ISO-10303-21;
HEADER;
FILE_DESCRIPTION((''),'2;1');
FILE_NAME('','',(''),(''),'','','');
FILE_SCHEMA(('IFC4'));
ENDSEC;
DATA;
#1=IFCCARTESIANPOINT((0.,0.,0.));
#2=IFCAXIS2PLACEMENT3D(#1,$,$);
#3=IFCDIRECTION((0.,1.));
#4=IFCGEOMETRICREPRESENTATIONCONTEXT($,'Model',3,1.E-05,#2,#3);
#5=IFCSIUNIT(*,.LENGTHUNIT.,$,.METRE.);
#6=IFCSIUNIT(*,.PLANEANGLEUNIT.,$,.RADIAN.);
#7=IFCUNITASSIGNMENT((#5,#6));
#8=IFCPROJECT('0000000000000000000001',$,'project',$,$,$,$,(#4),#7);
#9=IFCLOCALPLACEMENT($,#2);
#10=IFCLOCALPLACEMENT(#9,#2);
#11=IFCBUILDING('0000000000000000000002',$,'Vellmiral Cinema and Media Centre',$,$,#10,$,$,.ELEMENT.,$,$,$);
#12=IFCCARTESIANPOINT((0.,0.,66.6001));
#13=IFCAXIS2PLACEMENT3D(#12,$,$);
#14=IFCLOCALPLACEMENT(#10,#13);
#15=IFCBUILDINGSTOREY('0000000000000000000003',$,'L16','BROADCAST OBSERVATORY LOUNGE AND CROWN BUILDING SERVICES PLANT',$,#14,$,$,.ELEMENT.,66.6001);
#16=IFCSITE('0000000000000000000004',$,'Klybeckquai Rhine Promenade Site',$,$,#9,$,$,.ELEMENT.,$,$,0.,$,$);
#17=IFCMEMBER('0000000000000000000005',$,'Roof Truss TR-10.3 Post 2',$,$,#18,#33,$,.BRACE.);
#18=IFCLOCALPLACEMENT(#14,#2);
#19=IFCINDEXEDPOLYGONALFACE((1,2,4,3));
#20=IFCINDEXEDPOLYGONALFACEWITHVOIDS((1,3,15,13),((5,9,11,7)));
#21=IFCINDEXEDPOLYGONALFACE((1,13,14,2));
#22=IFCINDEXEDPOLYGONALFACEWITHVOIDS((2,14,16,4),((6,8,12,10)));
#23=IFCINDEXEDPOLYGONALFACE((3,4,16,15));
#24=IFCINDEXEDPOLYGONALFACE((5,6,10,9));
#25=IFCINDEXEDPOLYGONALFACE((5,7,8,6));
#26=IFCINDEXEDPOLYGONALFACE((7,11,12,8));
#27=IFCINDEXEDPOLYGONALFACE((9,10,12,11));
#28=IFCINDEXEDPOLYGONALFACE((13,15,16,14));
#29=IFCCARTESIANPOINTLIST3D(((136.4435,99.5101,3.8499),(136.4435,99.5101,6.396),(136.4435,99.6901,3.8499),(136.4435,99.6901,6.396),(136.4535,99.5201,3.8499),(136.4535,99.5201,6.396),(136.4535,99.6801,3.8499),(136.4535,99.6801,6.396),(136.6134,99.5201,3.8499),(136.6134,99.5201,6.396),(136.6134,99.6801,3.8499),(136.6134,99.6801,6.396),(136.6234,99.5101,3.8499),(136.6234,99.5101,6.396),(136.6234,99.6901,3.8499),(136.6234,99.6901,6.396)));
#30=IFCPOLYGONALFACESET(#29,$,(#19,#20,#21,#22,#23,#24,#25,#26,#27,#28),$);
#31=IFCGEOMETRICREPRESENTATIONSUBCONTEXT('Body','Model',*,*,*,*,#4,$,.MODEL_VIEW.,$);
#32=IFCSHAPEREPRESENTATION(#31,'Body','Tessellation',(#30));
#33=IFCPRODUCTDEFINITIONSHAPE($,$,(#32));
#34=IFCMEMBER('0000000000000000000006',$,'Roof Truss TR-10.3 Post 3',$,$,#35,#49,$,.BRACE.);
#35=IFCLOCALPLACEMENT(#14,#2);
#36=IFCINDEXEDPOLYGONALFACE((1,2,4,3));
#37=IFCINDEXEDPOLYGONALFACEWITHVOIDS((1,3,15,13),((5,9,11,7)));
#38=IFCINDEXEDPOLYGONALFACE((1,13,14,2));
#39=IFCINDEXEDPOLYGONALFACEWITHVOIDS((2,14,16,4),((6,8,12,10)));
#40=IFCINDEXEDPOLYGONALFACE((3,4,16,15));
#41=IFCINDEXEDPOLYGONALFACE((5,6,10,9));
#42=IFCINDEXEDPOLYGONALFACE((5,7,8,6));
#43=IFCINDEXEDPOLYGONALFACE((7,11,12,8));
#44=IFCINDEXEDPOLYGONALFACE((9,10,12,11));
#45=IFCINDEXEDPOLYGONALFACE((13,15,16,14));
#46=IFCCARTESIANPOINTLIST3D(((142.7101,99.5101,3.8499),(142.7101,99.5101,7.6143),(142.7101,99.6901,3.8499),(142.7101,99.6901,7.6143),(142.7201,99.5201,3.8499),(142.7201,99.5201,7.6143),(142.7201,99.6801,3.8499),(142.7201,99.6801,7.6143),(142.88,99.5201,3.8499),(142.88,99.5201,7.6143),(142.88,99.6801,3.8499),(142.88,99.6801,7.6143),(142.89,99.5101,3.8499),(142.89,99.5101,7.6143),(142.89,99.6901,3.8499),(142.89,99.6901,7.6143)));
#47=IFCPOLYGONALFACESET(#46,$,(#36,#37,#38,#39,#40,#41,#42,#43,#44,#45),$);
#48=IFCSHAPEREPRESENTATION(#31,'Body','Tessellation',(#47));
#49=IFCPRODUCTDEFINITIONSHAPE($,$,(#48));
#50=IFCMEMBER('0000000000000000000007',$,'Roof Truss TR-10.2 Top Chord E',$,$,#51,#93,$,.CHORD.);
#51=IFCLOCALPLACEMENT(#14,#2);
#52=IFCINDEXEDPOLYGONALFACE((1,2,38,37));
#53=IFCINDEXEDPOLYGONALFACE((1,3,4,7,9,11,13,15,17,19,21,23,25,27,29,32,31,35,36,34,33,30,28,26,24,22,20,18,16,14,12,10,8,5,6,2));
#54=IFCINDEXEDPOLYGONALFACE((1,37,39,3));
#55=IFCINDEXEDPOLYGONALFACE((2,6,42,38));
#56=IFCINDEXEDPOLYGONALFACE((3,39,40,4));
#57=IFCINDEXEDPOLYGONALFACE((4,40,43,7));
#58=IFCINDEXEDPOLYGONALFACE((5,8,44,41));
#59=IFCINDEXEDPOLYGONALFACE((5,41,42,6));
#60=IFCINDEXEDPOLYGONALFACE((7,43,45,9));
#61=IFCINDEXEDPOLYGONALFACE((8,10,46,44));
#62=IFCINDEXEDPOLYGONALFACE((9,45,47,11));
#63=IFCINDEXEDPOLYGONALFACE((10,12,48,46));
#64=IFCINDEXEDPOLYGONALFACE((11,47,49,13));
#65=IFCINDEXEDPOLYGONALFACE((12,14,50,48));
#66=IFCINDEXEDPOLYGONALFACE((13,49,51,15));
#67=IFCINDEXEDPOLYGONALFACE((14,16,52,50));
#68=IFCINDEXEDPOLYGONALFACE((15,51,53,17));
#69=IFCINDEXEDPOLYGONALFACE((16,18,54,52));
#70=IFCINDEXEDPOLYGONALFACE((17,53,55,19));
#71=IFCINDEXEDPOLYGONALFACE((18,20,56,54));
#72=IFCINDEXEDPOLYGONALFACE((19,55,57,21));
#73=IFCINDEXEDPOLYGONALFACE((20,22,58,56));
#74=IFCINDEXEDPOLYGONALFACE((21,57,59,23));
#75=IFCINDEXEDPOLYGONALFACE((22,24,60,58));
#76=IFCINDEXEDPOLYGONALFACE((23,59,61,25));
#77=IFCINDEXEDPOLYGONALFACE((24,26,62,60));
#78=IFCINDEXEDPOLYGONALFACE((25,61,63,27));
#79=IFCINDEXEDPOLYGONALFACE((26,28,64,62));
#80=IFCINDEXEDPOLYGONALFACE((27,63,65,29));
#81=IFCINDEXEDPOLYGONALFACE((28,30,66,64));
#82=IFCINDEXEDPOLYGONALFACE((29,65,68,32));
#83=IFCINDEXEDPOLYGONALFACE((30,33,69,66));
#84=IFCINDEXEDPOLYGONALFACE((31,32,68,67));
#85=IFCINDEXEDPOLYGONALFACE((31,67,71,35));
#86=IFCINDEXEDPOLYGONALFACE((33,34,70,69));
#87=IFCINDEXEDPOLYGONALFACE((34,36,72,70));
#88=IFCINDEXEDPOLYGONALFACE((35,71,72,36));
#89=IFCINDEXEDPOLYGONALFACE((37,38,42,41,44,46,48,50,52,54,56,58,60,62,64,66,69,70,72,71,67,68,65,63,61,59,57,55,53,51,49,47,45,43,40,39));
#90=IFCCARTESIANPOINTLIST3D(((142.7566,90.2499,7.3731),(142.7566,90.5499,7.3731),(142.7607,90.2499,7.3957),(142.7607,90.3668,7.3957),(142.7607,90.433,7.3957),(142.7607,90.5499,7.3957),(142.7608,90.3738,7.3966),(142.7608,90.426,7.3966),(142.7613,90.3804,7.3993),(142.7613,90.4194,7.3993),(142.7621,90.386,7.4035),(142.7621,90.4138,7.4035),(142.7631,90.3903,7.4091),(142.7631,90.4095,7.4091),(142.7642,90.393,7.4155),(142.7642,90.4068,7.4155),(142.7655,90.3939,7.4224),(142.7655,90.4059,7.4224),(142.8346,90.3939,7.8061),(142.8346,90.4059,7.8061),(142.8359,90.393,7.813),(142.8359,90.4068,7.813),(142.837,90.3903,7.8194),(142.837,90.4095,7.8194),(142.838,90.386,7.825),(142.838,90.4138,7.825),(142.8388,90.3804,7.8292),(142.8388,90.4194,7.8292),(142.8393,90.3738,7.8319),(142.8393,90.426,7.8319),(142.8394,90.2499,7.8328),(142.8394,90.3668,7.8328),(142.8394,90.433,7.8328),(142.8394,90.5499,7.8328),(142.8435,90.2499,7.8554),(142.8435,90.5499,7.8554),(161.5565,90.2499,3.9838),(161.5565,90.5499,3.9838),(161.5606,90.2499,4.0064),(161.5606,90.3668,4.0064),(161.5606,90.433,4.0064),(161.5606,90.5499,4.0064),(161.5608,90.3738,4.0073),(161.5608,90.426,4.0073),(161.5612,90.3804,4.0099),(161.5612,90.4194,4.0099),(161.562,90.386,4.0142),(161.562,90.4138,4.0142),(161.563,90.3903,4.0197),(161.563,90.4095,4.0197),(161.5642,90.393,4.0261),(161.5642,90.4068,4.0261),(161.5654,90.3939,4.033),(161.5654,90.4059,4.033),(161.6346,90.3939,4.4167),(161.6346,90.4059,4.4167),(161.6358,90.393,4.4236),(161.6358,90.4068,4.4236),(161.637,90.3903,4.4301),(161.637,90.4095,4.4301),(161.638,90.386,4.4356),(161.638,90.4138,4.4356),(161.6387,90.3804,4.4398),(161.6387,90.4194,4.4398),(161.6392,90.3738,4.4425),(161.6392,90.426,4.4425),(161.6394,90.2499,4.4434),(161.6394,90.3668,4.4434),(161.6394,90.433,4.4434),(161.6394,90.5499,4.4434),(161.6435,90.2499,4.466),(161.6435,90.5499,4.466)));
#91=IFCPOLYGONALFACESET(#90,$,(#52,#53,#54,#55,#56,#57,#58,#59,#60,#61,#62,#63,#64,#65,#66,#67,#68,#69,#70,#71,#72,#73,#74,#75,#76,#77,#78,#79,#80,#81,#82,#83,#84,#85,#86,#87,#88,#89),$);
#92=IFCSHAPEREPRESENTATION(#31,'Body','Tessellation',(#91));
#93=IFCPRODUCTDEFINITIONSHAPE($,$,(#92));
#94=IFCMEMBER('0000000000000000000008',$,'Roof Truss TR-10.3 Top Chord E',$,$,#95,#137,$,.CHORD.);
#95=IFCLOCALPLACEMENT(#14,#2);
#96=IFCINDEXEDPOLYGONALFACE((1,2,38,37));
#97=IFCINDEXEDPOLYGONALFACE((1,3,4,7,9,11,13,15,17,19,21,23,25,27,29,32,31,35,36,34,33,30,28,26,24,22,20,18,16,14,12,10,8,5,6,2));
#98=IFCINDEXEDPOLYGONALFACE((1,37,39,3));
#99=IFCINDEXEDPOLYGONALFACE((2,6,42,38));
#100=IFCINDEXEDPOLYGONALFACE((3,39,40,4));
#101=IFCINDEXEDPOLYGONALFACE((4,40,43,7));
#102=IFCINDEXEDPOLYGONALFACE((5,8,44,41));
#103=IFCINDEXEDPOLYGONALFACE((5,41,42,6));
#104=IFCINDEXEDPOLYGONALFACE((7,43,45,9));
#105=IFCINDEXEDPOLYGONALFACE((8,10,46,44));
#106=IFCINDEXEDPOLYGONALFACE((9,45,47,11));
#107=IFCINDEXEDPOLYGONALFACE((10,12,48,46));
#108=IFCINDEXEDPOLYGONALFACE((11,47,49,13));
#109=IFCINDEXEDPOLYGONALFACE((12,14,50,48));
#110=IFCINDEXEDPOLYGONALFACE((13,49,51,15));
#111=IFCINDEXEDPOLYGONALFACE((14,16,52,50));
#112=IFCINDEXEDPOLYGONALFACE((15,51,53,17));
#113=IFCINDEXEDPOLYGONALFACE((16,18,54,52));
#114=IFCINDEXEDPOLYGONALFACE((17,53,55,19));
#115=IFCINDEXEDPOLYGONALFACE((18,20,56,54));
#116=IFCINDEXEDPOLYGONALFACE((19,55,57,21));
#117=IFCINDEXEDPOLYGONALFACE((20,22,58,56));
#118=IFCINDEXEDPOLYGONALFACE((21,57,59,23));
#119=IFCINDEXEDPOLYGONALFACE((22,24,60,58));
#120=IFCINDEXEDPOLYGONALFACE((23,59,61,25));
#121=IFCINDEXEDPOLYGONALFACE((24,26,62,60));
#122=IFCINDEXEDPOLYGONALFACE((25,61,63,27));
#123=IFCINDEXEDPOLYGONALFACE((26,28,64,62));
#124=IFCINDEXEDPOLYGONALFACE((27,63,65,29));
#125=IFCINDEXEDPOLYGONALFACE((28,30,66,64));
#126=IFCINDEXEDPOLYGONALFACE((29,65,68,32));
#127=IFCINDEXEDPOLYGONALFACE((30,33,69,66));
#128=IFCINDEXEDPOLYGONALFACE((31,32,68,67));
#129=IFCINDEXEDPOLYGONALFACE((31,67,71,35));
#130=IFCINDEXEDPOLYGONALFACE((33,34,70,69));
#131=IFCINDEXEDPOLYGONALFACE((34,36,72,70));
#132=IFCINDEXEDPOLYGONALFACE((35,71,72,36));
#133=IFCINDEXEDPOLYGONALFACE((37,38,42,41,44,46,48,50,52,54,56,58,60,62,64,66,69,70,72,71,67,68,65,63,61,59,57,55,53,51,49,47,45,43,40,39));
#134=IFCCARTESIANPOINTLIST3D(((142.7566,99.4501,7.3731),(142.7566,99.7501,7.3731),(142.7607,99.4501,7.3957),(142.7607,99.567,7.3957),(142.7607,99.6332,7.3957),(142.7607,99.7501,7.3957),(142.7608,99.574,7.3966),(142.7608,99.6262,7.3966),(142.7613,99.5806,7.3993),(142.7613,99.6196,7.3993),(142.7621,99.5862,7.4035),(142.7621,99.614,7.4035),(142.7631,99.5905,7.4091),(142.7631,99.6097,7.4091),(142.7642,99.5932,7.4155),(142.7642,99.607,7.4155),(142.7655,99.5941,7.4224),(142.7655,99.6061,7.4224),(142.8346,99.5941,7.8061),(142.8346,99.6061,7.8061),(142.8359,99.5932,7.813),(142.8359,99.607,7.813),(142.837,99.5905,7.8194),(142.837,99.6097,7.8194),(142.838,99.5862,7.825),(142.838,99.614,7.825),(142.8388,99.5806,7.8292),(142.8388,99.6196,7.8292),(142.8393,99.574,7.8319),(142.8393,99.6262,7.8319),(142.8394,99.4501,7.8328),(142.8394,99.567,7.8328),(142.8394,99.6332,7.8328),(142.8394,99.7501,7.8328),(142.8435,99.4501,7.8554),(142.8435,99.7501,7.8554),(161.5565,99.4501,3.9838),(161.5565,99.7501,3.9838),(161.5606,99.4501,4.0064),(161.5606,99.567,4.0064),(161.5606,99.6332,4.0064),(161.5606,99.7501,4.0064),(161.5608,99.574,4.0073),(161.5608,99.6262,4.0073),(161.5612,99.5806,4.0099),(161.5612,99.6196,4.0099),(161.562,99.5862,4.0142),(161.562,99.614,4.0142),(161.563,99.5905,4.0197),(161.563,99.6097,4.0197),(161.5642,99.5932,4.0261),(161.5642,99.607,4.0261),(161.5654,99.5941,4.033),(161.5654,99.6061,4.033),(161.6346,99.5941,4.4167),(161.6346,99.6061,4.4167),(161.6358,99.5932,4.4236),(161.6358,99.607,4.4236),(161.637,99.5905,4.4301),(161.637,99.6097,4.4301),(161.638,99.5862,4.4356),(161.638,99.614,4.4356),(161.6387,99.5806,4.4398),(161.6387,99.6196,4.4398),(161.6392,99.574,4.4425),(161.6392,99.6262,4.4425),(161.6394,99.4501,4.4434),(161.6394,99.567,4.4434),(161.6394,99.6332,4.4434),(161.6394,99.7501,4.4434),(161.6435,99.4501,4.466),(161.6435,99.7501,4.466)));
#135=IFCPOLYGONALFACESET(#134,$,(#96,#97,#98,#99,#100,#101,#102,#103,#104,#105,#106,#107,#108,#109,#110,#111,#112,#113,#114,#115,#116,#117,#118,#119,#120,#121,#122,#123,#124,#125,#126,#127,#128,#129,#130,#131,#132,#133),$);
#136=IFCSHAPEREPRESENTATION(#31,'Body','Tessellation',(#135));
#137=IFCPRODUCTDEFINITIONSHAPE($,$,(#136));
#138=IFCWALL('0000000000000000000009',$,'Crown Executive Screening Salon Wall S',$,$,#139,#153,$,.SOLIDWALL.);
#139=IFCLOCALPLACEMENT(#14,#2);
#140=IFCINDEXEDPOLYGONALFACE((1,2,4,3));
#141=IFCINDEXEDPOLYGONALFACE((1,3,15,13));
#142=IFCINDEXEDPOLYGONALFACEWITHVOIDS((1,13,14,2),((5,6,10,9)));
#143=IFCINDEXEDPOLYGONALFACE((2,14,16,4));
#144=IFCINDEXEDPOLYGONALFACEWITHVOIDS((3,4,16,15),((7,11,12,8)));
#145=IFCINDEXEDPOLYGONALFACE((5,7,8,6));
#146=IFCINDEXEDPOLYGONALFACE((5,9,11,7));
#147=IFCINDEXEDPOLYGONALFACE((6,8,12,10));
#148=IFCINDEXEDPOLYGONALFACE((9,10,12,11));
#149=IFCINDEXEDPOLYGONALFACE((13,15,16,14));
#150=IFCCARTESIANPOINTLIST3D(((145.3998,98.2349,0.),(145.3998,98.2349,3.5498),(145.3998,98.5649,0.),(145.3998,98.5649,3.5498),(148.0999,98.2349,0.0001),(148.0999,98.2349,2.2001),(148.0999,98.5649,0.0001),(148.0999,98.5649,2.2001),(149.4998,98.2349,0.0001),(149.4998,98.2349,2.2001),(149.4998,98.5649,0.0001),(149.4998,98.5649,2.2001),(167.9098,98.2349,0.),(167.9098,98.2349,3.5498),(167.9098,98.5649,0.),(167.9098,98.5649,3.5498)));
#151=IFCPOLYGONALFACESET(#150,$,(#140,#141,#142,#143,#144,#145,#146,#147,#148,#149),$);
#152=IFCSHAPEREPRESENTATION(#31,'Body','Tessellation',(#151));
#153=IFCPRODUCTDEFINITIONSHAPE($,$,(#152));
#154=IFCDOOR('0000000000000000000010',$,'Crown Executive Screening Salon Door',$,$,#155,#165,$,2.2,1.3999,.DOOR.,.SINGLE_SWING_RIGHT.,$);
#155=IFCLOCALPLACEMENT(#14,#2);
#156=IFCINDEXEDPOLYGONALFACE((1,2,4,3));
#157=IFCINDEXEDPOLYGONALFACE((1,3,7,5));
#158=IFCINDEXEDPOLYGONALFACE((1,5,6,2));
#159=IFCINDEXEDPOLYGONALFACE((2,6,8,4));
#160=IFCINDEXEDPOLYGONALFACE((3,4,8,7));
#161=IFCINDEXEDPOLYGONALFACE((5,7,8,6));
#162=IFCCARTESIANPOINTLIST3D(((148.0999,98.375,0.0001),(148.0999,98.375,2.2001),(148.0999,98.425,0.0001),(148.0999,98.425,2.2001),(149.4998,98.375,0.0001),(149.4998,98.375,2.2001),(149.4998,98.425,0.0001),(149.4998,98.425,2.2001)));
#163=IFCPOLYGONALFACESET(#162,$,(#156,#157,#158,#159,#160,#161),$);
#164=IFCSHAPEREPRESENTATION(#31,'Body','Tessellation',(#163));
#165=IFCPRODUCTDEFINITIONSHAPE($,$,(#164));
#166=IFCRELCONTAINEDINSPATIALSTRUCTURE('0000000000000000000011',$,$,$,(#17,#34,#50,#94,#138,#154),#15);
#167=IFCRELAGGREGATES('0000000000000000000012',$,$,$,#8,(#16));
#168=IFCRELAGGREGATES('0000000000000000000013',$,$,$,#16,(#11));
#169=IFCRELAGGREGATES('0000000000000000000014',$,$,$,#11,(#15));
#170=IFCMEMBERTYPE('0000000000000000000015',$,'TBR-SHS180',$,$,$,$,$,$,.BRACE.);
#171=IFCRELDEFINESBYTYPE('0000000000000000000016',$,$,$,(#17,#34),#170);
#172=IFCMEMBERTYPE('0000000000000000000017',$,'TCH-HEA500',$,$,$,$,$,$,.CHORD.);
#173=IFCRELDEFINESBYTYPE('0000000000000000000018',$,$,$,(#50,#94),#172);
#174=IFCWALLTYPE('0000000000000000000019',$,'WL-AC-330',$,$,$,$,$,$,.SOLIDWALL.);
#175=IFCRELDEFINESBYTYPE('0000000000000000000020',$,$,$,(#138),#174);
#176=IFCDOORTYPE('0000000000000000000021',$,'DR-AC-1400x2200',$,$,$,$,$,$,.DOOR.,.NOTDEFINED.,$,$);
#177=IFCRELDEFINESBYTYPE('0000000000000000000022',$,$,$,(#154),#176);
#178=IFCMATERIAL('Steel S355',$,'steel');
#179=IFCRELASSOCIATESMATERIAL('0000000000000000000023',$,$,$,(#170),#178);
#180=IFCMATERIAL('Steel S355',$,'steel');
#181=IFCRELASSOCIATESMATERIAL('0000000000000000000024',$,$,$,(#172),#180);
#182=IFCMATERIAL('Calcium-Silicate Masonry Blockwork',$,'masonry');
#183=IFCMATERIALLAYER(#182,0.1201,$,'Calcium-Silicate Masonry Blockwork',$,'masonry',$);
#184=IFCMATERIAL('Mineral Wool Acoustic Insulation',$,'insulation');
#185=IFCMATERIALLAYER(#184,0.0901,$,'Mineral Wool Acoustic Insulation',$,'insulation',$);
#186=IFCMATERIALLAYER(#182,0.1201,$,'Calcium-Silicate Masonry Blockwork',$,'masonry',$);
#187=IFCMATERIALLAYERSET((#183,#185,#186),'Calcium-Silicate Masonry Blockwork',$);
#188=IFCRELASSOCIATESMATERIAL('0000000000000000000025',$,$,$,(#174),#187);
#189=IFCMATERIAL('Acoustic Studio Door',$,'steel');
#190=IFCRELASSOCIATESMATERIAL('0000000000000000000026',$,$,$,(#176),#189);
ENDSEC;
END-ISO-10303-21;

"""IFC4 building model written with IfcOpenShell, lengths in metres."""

from ifc_helpers import new_model, si_unit, direction, frame, frame_2d, origin, origin_2d, place, context, subcontext, project, spatial, rectangle, hollow_rectangle, i_section, extrude, material, layer, layer_set, material_profile, profile_set, type_object, element, fill, save


model = new_model("IFC4")

# Units and contexts
model_context = context("Model", 3, precision=1e-05, world=origin(), true_north=direction((0.0, 1.0)))
body_context = subcontext(model_context, "Body", "Model", "MODEL_VIEW")
ifc_project = project(units=[si_unit("LENGTHUNIT", "METRE"), si_unit("PLANEANGLEUNIT", "RADIAN")], contexts=[model_context])

# Site, building, storey
site_placement = place(None, origin())
site = spatial("IfcSite", under=ifc_project, at=site_placement, Name="Klybeckquai Rhine Promenade Site", CompositionType="ELEMENT", RefElevation=0.0)
building_placement = place(site_placement, origin())
building = spatial("IfcBuilding", under=site, at=building_placement, Name="Vellmiral Cinema and Media Centre", CompositionType="ELEMENT")
storey_placement = place(building_placement, frame((0.0, 0.0, 66.6001)))
storey = spatial("IfcBuildingStorey", under=building, at=storey_placement, Name="L16", Description="BROADCAST OBSERVATORY LOUNGE AND CROWN BUILDING SERVICES PLANT", CompositionType="ELEMENT", Elevation=66.6001)

# Members
ifc_material_1 = material(Name="Steel S355", Category="steel")
ifc_material_profile_1 = material_profile(ifc_material_1, hollow_rectangle(XDim=0.1799, YDim=0.1799, WallThickness=0.01, at=origin_2d()), Name="SHS 180x180x10.0")
ifc_profile_set_1 = profile_set([ifc_material_profile_1], Name="Steel S355")
member_type_1 = type_object("IfcMemberType", Name="TBR-SHS180", PredefinedType="BRACE", material=ifc_profile_set_1)
for number, where, z_axis, x_axis, name in (
    (1, (136.5334, 99.6001, 3.8499), (0.0, 0.0, 1.0), (1.0, 0.0, 0.0), "Roof Truss TR-10.3 Post 2"),
):
    element("IfcMember", number, at=place(storey_placement, frame(where, z_axis=z_axis, x_axis=x_axis)), inside=storey, type_object=member_type_1, Name=name, PredefinedType="BRACE", context=body_context, shape_type="SweptSolid", body=[
        extrude(hollow_rectangle(XDim=0.1799, YDim=0.1799, WallThickness=0.01, at=origin_2d()), origin(), (0.0, 0.0, 1.0), 2.5461),
    ])
member_1_placement = place(storey_placement, frame((142.8, 99.6001, 3.8499), z_axis=(0.0, 0.0, 1.0), x_axis=(1.0, 0.0, 0.0)))
element("IfcMember", 2, at=member_1_placement, inside=storey, type_object=member_type_1, Name="Roof Truss TR-10.3 Post 3", PredefinedType="BRACE", context=body_context, shape_type="SweptSolid", body=[
    extrude(hollow_rectangle(XDim=0.1799, YDim=0.1799, WallThickness=0.01, at=origin_2d()), origin(), (0.0, 0.0, 1.0), 3.7644),
])
ifc_material_2 = material(Name="Steel S355", Category="steel")
ifc_material_profile_2 = material_profile(ifc_material_2, i_section(OverallWidth=0.3, OverallDepth=0.49, WebThickness=0.012, FlangeThickness=0.0229, FilletRadius=0.0271, at=origin_2d()), Name="HEA 500")
ifc_profile_set_2 = profile_set([ifc_material_profile_2], Name="Steel S355")
member_type_2 = type_object("IfcMemberType", Name="TCH-HEA500", PredefinedType="CHORD", material=ifc_profile_set_2)
for number, where, z_axis, x_axis, name in (
    (3, (142.8, 90.3999, 7.6143), (0.984134, 0.0, -0.177427), (0.0, 1.0, 0.0), "Roof Truss TR-10.2 Top Chord E"),
    (4, (142.8, 99.6001, 7.6143), (0.984134, 0.0, -0.177427), (0.0, 1.0, 0.0), "Roof Truss TR-10.3 Top Chord E"),
):
    element("IfcMember", number, at=place(storey_placement, frame(where, z_axis=z_axis, x_axis=x_axis)), inside=storey, type_object=member_type_2, Name=name, PredefinedType="CHORD", context=body_context, shape_type="SweptSolid", body=[
        extrude(i_section(OverallWidth=0.3, OverallDepth=0.49, WebThickness=0.012, FlangeThickness=0.0229, FilletRadius=0.0271, at=origin_2d()), origin(), (0.0, 0.0, 1.0), 19.103),
    ])

# Wall, opening, door
ifc_material_3 = material(Name="Calcium-Silicate Masonry Blockwork", Category="masonry")
ifc_layer_1 = layer(ifc_material_3, 0.1201, Name="Calcium-Silicate Masonry Blockwork", Category="masonry")
ifc_material_4 = material(Name="Mineral Wool Acoustic Insulation", Category="insulation")
ifc_layer_2 = layer(ifc_material_4, 0.0901, Name="Mineral Wool Acoustic Insulation", Category="insulation")
ifc_layer_3 = layer(ifc_material_3, 0.1201, Name="Calcium-Silicate Masonry Blockwork", Category="masonry")
ifc_layer_set_1 = layer_set([ifc_layer_1, ifc_layer_2, ifc_layer_3], Name="Calcium-Silicate Masonry Blockwork")
wall_type_1 = type_object("IfcWallType", Name="WL-AC-330", PredefinedType="SOLIDWALL", material=ifc_layer_set_1)
wall_1_placement = place(storey_placement, frame((145.3999, 98.3999, 0.0), z_axis=(0.0, 0.0, 1.0), x_axis=(1.0, 0.0, 0.0)))
wall_1 = element("IfcWall", 5, at=wall_1_placement, inside=storey, type_object=wall_type_1, Name="Crown Executive Screening Salon Wall S", PredefinedType="SOLIDWALL", context=body_context, shape_type="SweptSolid", body=[
    extrude(rectangle(XDim=22.51, YDim=0.3301, at=frame_2d((11.2549, 0.0))), origin(), (0.0, 0.0, 1.0), 3.5498),
])
opening_1_placement = place(wall_1_placement, frame((2.7, 0.0, 0.0)))
opening_1 = element("IfcOpeningElement", 6, at=opening_1_placement, cuts=wall_1, PredefinedType="OPENING", context=body_context, shape_type="SweptSolid", body=[
    extrude(rectangle(XDim=1.3999, YDim=2.2, at=frame_2d((0.7, 1.1001))), frame((0.0, 0.177, 0.0), z_axis=(0.0, -1.0, 0.0), x_axis=(1.0, 0.0, 0.0)), (0.0, 0.0, 1.0), 0.354),
])
ifc_material_5 = material(Name="Acoustic Studio Door", Category="steel")
door_type_1 = type_object("IfcDoorType", Name="DR-AC-1400x2200", OperationType="NOTDEFINED", PredefinedType="DOOR", material=ifc_material_5)
door_1_placement = place(opening_1_placement, frame((1.3999, 0.0, 0.0), z_axis=(0.0, 0.0, 1.0), x_axis=(-1.0, 0.0, 0.0)))
door_1 = element("IfcDoor", 7, at=door_1_placement, inside=storey, type_object=door_type_1, Name="Crown Executive Screening Salon Door", OperationType="SINGLE_SWING_RIGHT", OverallHeight=2.2, OverallWidth=1.3999, PredefinedType="DOOR", context=body_context, shape_type="SweptSolid", body=[
    extrude(rectangle(XDim=1.3999, YDim=2.2, at=frame_2d((0.7, 1.1001))), frame((0.0, 0.0249, 0.0), z_axis=(0.0, -1.0, 0.0), x_axis=(1.0, 0.0, 0.0)), (0.0, 0.0, 1.0), 0.05),
])
fill(opening_1, door_1)

save(model, "model.ifc")
